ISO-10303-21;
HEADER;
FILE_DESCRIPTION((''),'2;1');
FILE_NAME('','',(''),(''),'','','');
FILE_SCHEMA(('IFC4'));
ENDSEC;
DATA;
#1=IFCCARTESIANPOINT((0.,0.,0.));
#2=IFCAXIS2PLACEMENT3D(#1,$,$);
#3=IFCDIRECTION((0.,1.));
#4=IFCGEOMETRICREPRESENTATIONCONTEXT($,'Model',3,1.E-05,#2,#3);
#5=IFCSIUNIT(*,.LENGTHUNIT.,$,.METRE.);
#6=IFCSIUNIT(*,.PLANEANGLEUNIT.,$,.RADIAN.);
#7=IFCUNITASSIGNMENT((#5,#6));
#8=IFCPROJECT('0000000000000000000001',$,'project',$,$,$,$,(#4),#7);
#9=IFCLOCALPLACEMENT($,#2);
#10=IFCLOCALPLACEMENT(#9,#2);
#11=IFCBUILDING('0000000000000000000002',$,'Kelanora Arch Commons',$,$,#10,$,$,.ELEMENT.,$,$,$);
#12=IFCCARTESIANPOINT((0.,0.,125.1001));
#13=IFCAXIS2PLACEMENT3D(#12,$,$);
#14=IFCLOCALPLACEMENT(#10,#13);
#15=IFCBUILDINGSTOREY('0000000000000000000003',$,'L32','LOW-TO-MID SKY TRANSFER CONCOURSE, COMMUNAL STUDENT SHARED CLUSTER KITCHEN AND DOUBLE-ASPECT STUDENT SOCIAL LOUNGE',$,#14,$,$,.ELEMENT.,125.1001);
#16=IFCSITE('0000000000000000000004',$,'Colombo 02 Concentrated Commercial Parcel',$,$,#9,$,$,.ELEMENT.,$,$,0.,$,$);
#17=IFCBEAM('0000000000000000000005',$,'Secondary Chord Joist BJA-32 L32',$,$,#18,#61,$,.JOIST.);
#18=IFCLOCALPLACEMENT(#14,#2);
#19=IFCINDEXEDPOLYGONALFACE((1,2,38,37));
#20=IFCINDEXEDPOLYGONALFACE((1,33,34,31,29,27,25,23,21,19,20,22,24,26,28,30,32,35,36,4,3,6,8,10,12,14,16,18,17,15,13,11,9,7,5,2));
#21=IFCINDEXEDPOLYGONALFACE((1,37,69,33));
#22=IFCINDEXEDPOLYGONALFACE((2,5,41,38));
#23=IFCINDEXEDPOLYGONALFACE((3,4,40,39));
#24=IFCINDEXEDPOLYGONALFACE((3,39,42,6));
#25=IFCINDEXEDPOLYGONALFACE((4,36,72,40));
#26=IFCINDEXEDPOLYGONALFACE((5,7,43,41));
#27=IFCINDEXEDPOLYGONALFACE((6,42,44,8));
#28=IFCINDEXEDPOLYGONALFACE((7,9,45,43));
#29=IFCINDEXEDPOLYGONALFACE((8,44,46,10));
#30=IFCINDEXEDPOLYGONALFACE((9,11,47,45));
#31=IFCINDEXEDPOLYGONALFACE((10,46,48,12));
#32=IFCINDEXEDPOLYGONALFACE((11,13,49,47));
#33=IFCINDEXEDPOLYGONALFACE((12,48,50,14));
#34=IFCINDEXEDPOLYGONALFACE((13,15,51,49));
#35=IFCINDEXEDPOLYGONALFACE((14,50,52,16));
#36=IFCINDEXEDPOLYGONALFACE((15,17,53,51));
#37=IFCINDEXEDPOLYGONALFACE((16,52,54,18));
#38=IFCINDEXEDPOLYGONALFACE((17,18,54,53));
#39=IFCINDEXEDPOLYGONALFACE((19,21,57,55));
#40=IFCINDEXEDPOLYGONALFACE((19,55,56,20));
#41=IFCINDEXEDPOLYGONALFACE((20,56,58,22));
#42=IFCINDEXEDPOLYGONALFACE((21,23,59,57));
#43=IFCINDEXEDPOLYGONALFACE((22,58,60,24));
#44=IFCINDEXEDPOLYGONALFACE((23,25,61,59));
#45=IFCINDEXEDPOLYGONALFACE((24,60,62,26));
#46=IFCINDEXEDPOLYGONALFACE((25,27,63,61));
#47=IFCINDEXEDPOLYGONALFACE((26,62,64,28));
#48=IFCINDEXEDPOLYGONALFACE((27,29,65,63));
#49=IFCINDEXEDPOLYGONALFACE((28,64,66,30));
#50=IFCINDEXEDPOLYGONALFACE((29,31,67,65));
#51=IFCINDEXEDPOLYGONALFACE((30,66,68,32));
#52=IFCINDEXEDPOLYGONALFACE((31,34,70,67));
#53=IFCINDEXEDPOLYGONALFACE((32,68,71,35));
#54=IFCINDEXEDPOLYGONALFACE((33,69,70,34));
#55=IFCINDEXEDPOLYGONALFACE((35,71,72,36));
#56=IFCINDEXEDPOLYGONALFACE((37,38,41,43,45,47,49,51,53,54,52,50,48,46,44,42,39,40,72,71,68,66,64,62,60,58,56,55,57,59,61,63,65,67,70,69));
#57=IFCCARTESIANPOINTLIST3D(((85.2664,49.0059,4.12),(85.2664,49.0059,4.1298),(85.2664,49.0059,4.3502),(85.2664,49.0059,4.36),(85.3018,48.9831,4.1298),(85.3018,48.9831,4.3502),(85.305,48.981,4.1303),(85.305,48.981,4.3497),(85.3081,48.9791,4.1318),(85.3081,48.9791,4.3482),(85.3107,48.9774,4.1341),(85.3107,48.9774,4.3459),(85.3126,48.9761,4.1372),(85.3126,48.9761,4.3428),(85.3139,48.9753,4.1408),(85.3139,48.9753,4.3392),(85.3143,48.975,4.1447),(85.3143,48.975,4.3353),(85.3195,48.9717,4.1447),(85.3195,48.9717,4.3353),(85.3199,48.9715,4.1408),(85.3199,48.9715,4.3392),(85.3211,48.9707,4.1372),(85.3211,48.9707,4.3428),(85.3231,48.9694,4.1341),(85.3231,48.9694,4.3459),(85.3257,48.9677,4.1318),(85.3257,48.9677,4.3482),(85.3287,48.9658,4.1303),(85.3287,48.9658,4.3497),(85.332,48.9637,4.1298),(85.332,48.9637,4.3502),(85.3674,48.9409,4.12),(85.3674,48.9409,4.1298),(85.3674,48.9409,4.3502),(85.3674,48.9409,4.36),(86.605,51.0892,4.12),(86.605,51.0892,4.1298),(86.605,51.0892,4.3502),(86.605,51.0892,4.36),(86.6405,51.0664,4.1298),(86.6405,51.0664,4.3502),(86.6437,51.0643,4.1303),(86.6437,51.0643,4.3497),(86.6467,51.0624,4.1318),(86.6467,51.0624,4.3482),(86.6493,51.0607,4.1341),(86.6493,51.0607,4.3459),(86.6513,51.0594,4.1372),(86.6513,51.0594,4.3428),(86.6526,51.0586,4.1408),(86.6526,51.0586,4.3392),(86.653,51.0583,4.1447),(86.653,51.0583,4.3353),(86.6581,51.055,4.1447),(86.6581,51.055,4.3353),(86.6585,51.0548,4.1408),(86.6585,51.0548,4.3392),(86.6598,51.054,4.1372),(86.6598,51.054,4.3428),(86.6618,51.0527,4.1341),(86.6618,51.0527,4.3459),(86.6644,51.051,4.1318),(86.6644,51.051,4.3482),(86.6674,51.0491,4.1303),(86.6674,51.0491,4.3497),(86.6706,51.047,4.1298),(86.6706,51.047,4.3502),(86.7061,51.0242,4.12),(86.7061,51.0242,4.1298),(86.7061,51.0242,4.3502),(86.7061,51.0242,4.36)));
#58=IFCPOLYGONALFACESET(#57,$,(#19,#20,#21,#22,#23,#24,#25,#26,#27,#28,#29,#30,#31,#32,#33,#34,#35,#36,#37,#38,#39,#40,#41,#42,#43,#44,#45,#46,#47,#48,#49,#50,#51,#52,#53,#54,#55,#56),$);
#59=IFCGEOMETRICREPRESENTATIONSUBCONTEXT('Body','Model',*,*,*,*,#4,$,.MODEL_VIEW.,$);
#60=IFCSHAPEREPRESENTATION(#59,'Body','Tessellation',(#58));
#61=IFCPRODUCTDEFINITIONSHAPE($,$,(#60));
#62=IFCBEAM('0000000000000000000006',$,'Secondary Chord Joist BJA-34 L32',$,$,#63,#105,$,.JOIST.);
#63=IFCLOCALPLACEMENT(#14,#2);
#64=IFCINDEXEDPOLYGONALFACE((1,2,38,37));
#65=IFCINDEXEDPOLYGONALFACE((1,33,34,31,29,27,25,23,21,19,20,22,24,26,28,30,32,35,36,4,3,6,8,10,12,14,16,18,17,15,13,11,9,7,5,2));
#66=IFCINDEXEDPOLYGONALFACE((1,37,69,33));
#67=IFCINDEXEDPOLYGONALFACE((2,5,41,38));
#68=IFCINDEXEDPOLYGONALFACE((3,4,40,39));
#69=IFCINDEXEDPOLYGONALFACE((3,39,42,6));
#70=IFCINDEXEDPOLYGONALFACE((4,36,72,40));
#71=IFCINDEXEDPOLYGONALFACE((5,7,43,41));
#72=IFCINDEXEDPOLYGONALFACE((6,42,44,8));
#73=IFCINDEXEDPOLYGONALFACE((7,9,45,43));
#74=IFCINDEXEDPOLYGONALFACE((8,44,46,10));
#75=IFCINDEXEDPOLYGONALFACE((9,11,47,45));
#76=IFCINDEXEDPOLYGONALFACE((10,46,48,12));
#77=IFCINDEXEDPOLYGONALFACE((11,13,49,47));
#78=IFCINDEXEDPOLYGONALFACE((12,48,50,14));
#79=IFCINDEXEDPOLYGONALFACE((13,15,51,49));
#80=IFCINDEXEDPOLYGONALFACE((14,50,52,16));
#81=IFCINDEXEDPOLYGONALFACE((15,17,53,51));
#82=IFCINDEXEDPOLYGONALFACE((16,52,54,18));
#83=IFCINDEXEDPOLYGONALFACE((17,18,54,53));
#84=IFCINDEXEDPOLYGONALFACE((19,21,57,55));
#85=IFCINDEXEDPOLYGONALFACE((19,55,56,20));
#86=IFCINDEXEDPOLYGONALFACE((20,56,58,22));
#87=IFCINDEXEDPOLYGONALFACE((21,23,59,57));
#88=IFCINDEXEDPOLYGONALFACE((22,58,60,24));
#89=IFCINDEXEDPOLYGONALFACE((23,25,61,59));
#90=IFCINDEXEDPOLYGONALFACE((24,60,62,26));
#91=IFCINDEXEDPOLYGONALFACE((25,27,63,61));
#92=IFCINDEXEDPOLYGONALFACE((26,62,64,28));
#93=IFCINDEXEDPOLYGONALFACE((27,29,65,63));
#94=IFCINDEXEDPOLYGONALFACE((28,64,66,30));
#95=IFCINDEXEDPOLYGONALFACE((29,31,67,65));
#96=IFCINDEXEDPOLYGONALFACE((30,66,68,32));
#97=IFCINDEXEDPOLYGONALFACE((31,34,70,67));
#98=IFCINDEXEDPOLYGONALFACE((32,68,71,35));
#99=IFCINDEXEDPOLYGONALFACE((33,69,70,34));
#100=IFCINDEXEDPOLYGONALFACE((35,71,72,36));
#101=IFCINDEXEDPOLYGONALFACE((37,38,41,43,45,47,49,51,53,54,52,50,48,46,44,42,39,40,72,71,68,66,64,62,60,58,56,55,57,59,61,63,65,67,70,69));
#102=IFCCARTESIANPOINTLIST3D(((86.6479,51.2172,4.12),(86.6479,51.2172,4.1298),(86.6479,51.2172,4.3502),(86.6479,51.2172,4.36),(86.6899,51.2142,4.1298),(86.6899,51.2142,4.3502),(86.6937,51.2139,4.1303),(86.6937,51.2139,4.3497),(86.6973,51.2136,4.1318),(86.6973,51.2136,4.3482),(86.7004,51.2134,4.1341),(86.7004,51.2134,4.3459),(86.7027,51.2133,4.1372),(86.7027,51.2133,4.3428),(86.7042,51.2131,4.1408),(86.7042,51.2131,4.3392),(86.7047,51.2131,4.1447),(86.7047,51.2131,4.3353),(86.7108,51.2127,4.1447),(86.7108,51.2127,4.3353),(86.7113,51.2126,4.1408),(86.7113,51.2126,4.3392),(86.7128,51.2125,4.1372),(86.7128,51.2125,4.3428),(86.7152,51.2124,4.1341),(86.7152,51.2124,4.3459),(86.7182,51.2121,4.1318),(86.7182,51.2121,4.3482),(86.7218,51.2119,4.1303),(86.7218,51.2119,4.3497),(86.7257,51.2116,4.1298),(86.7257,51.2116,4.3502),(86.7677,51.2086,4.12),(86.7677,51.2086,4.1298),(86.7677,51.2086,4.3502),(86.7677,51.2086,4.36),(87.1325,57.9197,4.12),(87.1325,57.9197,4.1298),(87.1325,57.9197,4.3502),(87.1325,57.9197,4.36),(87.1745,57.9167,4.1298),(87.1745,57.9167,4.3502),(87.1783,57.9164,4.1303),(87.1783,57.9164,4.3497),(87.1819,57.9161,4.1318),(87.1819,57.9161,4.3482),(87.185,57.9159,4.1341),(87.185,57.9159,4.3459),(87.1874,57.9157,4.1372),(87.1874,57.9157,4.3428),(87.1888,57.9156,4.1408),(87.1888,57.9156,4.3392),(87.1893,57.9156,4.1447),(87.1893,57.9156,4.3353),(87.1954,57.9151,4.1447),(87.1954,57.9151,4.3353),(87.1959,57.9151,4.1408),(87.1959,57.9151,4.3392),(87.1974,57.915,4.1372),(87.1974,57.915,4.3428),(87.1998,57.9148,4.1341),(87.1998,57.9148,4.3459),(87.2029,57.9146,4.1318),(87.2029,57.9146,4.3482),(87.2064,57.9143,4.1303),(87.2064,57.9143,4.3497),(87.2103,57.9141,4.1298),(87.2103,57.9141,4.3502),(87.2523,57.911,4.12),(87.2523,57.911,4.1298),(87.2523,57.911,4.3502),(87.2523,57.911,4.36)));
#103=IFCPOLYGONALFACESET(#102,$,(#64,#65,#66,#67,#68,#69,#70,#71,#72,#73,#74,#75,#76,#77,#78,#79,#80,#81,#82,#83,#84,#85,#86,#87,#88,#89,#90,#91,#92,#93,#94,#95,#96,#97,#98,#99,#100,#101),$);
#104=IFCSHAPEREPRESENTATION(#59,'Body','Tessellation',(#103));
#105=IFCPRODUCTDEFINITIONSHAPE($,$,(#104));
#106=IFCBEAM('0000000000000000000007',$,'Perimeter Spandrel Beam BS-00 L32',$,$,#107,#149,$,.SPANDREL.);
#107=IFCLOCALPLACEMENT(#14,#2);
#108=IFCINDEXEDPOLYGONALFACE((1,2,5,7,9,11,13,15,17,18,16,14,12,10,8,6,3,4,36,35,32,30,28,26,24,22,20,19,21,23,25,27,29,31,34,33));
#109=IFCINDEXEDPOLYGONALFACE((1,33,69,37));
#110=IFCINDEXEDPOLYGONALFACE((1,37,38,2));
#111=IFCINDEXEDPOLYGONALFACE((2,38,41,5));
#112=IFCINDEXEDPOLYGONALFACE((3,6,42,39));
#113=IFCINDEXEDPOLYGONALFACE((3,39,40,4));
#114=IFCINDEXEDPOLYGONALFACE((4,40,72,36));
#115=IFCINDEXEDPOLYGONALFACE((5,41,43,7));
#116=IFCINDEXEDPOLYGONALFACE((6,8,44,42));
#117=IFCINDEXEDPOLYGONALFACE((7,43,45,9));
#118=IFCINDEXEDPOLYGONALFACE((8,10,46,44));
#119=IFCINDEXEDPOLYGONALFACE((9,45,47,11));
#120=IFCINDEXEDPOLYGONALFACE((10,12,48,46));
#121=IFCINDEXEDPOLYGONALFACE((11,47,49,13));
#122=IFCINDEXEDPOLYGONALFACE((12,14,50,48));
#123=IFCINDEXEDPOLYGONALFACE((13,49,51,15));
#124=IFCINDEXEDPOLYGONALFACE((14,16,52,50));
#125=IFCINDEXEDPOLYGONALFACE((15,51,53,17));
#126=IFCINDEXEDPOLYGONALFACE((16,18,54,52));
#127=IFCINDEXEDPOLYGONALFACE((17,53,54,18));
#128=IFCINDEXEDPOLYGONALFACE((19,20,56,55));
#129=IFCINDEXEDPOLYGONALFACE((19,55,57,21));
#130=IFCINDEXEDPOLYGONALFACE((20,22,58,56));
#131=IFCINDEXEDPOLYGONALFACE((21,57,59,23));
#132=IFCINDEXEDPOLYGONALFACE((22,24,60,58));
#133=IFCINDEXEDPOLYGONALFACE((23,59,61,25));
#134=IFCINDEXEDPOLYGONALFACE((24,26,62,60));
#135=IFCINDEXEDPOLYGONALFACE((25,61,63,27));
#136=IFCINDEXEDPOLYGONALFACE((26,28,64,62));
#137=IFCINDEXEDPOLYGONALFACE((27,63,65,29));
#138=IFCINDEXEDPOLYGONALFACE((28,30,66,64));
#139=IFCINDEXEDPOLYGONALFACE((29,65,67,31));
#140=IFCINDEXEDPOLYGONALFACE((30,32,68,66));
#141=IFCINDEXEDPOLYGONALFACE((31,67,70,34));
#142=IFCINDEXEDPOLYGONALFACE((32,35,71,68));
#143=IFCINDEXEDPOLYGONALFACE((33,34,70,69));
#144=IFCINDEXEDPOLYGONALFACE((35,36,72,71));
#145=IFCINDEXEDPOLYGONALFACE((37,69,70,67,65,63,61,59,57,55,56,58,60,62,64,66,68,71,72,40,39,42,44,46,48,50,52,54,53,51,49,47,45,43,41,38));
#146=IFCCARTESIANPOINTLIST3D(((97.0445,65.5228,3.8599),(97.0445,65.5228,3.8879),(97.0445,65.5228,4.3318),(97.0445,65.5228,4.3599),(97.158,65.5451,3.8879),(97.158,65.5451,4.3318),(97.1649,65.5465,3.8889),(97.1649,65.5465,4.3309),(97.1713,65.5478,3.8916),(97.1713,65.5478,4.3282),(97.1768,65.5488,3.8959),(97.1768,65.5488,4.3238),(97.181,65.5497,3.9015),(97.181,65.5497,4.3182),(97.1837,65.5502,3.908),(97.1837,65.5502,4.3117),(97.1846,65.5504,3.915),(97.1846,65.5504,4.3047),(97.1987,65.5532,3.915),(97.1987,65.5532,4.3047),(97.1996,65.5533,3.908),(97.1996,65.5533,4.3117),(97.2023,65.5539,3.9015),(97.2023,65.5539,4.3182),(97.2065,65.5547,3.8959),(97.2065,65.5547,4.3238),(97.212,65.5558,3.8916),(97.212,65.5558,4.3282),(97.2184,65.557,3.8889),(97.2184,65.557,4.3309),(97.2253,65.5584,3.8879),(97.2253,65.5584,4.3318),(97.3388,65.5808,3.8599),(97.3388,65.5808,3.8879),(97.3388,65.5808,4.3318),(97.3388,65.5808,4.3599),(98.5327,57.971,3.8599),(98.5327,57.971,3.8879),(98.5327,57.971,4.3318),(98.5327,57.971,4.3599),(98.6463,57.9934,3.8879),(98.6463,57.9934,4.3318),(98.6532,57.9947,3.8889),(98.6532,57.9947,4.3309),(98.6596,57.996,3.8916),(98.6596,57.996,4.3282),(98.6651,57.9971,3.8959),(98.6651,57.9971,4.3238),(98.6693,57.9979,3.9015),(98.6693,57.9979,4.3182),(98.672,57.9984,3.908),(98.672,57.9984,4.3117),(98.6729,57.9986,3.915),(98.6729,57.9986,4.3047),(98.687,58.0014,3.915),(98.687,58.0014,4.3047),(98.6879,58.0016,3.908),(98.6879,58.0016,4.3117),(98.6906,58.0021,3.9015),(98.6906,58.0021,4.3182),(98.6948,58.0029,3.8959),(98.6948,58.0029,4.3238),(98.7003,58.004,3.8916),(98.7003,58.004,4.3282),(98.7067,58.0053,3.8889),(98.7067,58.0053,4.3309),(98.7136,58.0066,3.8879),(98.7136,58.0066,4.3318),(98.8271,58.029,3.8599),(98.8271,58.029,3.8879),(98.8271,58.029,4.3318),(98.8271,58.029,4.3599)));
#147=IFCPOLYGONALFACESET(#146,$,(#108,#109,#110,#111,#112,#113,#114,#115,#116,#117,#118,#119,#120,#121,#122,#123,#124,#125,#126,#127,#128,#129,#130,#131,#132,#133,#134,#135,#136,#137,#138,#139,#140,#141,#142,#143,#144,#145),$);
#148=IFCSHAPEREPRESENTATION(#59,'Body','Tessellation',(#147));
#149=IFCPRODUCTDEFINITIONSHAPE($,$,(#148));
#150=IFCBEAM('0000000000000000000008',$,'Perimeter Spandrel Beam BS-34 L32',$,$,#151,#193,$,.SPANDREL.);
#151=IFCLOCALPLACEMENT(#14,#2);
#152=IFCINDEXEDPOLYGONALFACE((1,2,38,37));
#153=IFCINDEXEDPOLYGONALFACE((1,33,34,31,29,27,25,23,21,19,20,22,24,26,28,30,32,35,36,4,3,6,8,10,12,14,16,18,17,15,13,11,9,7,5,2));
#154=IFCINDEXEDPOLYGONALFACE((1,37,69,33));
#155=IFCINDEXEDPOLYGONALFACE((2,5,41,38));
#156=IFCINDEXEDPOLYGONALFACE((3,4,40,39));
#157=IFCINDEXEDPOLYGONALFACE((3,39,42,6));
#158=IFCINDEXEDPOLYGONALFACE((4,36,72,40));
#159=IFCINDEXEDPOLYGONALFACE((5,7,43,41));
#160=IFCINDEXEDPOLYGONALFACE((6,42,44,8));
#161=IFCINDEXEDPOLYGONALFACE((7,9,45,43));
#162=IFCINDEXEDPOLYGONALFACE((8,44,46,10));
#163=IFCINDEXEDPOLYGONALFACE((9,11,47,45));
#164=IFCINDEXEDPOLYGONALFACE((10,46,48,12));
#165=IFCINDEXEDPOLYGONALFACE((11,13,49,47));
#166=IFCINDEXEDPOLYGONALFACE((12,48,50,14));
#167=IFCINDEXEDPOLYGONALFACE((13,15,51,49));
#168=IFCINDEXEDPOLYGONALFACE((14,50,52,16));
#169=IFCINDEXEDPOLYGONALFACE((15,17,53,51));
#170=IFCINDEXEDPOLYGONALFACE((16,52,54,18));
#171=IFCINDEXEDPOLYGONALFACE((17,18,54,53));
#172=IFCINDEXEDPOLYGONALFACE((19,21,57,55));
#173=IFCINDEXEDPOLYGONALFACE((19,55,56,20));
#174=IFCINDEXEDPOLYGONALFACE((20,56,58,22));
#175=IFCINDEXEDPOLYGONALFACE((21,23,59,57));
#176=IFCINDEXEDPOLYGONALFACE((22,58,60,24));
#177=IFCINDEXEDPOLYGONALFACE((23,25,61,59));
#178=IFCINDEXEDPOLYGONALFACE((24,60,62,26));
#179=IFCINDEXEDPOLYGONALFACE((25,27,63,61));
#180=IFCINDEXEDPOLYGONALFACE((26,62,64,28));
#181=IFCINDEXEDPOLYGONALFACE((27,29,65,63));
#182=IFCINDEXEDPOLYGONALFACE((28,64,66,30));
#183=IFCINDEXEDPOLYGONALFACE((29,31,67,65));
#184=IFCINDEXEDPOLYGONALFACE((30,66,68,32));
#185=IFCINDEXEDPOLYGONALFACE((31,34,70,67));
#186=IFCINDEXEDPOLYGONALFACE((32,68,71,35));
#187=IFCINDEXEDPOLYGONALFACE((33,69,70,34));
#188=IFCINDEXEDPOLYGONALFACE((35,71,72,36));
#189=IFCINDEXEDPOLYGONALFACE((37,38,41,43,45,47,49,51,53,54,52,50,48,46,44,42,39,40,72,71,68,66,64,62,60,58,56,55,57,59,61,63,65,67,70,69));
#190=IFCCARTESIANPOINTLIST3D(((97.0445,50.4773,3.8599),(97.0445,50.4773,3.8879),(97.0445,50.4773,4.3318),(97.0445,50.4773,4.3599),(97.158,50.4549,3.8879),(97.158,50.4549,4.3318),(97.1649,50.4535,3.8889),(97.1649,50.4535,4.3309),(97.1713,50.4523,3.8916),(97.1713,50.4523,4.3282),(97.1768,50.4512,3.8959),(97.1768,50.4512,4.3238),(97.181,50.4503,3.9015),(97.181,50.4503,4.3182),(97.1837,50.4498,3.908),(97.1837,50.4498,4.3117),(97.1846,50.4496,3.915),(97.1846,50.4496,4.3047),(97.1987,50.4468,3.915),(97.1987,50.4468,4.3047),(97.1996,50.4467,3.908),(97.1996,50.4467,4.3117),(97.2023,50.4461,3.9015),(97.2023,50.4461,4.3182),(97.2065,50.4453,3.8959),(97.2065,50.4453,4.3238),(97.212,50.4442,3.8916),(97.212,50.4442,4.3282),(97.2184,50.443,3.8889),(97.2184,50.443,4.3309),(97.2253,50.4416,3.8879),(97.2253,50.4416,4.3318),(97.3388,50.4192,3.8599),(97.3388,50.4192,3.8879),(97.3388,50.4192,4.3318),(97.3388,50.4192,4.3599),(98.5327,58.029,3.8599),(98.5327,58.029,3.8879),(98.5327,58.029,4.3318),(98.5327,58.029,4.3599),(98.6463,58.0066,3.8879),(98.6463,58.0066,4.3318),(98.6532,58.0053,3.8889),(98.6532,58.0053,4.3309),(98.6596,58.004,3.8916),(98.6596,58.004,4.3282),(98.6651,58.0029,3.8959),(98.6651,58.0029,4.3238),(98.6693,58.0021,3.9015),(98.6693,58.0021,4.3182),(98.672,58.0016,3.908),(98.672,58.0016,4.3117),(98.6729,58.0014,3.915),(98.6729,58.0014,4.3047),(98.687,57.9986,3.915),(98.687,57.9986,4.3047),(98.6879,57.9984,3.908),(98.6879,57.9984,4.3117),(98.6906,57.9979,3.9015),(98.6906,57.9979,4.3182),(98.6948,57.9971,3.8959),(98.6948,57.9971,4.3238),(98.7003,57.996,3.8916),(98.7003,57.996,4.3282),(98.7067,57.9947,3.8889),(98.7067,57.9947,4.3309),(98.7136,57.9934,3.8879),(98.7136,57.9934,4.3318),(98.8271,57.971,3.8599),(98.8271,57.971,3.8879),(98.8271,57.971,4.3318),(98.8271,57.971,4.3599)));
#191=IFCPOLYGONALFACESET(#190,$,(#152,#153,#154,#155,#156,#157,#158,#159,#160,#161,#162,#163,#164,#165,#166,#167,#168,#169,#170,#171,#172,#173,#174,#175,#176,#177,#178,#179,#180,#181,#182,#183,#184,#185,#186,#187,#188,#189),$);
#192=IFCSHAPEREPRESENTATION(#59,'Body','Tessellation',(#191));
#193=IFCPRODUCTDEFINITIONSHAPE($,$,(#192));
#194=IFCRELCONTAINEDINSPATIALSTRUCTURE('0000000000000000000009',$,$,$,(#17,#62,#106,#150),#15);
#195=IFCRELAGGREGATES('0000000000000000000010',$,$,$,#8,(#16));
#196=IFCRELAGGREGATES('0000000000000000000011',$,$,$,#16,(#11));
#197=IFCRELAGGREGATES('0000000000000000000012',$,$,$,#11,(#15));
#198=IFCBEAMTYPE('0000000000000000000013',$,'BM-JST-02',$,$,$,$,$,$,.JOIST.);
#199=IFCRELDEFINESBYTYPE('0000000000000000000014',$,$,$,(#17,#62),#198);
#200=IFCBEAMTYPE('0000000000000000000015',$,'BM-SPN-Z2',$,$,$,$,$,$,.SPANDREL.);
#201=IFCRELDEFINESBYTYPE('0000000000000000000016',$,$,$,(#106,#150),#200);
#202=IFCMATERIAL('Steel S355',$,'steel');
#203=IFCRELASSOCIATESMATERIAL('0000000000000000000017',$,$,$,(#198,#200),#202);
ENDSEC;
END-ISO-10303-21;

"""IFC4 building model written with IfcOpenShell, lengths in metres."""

from ifc_helpers import new_model, si_unit, direction, frame, origin, origin_2d, place, context, subcontext, project, spatial, i_section, extrude, material, material_profile, profile_set, type_object, element, save


model = new_model("IFC4")

# Units and contexts
model_context = context("Model", 3, precision=1e-05, world=origin(), true_north=direction((0.0, 1.0)))
body_context = subcontext(model_context, "Body", "Model", "MODEL_VIEW")
ifc_project = project(units=[si_unit("LENGTHUNIT", "METRE"), si_unit("PLANEANGLEUNIT", "RADIAN")], contexts=[model_context])

# Site, building, storey
site_placement = place(None, origin())
site = spatial("IfcSite", under=ifc_project, at=site_placement, Name="Colombo 02 Concentrated Commercial Parcel", CompositionType="ELEMENT", RefElevation=0.0)
building_placement = place(site_placement, origin())
building = spatial("IfcBuilding", under=site, at=building_placement, Name="Kelanora Arch Commons", CompositionType="ELEMENT")
storey_placement = place(building_placement, frame((0.0, 0.0, 125.1001)))
storey = spatial("IfcBuildingStorey", under=building, at=storey_placement, Name="L32", Description="LOW-TO-MID SKY TRANSFER CONCOURSE, COMMUNAL STUDENT SHARED CLUSTER KITCHEN AND DOUBLE-ASPECT STUDENT SOCIAL LOUNGE", CompositionType="ELEMENT", Elevation=125.1001)

# Beams
ifc_material_1 = material(Name="Steel S355", Category="steel")
ifc_material_profile_1 = material_profile(ifc_material_1, i_section(OverallWidth=0.1201, OverallDepth=0.24, WebThickness=0.0061, FlangeThickness=0.0098, FilletRadius=0.0149, at=origin_2d()), Name="IPE240")
ifc_profile_set_1 = profile_set([ifc_material_profile_1], Name="Steel S355")
beam_type_1 = type_object("IfcBeamType", Name="BM-JST-02", PredefinedType="JOIST", material=ifc_profile_set_1)
beam_1_placement = place(storey_placement, frame((85.3169, 48.9734, 4.24), z_axis=(0.540583, 0.841291, 0.0), x_axis=(-0.841291, 0.540583, 0.0)))
element("IfcBeam", 1, at=beam_1_placement, inside=storey, type_object=beam_type_1, Name="Secondary Chord Joist BJA-32 L32", PredefinedType="JOIST", context=body_context, shape_type="SweptSolid", body=[
    extrude(i_section(OverallWidth=0.1201, OverallDepth=0.24, WebThickness=0.0061, FlangeThickness=0.0098, FilletRadius=0.0149, at=origin_2d()), origin(), (0.0, 0.0, 1.0), 2.4763),
])
beam_2_placement = place(storey_placement, frame((86.7078, 51.2129, 4.24), z_axis=(0.072117, 0.997396, 0.0), x_axis=(-0.997396, 0.072117, 0.0)))
element("IfcBeam", 2, at=beam_2_placement, inside=storey, type_object=beam_type_1, Name="Secondary Chord Joist BJA-34 L32", PredefinedType="JOIST", context=body_context, shape_type="SweptSolid", body=[
    extrude(i_section(OverallWidth=0.1201, OverallDepth=0.24, WebThickness=0.0061, FlangeThickness=0.0098, FilletRadius=0.0149, at=origin_2d()), origin(), (0.0, 0.0, 1.0), 6.72),
])
ifc_material_profile_2 = material_profile(ifc_material_1, i_section(OverallWidth=0.3, OverallDepth=0.5, WebThickness=0.0144, FlangeThickness=0.0281, FilletRadius=0.0271, at=origin_2d()), Name="HEB500")
ifc_profile_set_2 = profile_set([ifc_material_profile_2], Name="Steel S355")
beam_type_2 = type_object("IfcBeamType", Name="BM-SPN-Z2", PredefinedType="SPANDREL", material=ifc_profile_set_2)
for number, where, z_axis, x_axis, name in (
    (3, (98.6799, 58.0, 4.1099), (-0.193358, 0.981128, 0.0), (-0.981128, -0.193358, 0.0), "Perimeter Spandrel Beam BS-00 L32"),
    (4, (97.1917, 50.4482, 4.1099), (0.193358, 0.981128, 0.0), (-0.981128, 0.193358, 0.0), "Perimeter Spandrel Beam BS-34 L32"),
):
    element("IfcBeam", number, at=place(storey_placement, frame(where, z_axis=z_axis, x_axis=x_axis)), inside=storey, type_object=beam_type_2, Name=name, PredefinedType="SPANDREL", context=body_context, shape_type="SweptSolid", body=[
        extrude(i_section(OverallWidth=0.3, OverallDepth=0.5, WebThickness=0.0144, FlangeThickness=0.0281, FilletRadius=0.0271, at=origin_2d()), origin(), (0.0, 0.0, 1.0), 7.697),
    ])

save(model, "model.ifc")
